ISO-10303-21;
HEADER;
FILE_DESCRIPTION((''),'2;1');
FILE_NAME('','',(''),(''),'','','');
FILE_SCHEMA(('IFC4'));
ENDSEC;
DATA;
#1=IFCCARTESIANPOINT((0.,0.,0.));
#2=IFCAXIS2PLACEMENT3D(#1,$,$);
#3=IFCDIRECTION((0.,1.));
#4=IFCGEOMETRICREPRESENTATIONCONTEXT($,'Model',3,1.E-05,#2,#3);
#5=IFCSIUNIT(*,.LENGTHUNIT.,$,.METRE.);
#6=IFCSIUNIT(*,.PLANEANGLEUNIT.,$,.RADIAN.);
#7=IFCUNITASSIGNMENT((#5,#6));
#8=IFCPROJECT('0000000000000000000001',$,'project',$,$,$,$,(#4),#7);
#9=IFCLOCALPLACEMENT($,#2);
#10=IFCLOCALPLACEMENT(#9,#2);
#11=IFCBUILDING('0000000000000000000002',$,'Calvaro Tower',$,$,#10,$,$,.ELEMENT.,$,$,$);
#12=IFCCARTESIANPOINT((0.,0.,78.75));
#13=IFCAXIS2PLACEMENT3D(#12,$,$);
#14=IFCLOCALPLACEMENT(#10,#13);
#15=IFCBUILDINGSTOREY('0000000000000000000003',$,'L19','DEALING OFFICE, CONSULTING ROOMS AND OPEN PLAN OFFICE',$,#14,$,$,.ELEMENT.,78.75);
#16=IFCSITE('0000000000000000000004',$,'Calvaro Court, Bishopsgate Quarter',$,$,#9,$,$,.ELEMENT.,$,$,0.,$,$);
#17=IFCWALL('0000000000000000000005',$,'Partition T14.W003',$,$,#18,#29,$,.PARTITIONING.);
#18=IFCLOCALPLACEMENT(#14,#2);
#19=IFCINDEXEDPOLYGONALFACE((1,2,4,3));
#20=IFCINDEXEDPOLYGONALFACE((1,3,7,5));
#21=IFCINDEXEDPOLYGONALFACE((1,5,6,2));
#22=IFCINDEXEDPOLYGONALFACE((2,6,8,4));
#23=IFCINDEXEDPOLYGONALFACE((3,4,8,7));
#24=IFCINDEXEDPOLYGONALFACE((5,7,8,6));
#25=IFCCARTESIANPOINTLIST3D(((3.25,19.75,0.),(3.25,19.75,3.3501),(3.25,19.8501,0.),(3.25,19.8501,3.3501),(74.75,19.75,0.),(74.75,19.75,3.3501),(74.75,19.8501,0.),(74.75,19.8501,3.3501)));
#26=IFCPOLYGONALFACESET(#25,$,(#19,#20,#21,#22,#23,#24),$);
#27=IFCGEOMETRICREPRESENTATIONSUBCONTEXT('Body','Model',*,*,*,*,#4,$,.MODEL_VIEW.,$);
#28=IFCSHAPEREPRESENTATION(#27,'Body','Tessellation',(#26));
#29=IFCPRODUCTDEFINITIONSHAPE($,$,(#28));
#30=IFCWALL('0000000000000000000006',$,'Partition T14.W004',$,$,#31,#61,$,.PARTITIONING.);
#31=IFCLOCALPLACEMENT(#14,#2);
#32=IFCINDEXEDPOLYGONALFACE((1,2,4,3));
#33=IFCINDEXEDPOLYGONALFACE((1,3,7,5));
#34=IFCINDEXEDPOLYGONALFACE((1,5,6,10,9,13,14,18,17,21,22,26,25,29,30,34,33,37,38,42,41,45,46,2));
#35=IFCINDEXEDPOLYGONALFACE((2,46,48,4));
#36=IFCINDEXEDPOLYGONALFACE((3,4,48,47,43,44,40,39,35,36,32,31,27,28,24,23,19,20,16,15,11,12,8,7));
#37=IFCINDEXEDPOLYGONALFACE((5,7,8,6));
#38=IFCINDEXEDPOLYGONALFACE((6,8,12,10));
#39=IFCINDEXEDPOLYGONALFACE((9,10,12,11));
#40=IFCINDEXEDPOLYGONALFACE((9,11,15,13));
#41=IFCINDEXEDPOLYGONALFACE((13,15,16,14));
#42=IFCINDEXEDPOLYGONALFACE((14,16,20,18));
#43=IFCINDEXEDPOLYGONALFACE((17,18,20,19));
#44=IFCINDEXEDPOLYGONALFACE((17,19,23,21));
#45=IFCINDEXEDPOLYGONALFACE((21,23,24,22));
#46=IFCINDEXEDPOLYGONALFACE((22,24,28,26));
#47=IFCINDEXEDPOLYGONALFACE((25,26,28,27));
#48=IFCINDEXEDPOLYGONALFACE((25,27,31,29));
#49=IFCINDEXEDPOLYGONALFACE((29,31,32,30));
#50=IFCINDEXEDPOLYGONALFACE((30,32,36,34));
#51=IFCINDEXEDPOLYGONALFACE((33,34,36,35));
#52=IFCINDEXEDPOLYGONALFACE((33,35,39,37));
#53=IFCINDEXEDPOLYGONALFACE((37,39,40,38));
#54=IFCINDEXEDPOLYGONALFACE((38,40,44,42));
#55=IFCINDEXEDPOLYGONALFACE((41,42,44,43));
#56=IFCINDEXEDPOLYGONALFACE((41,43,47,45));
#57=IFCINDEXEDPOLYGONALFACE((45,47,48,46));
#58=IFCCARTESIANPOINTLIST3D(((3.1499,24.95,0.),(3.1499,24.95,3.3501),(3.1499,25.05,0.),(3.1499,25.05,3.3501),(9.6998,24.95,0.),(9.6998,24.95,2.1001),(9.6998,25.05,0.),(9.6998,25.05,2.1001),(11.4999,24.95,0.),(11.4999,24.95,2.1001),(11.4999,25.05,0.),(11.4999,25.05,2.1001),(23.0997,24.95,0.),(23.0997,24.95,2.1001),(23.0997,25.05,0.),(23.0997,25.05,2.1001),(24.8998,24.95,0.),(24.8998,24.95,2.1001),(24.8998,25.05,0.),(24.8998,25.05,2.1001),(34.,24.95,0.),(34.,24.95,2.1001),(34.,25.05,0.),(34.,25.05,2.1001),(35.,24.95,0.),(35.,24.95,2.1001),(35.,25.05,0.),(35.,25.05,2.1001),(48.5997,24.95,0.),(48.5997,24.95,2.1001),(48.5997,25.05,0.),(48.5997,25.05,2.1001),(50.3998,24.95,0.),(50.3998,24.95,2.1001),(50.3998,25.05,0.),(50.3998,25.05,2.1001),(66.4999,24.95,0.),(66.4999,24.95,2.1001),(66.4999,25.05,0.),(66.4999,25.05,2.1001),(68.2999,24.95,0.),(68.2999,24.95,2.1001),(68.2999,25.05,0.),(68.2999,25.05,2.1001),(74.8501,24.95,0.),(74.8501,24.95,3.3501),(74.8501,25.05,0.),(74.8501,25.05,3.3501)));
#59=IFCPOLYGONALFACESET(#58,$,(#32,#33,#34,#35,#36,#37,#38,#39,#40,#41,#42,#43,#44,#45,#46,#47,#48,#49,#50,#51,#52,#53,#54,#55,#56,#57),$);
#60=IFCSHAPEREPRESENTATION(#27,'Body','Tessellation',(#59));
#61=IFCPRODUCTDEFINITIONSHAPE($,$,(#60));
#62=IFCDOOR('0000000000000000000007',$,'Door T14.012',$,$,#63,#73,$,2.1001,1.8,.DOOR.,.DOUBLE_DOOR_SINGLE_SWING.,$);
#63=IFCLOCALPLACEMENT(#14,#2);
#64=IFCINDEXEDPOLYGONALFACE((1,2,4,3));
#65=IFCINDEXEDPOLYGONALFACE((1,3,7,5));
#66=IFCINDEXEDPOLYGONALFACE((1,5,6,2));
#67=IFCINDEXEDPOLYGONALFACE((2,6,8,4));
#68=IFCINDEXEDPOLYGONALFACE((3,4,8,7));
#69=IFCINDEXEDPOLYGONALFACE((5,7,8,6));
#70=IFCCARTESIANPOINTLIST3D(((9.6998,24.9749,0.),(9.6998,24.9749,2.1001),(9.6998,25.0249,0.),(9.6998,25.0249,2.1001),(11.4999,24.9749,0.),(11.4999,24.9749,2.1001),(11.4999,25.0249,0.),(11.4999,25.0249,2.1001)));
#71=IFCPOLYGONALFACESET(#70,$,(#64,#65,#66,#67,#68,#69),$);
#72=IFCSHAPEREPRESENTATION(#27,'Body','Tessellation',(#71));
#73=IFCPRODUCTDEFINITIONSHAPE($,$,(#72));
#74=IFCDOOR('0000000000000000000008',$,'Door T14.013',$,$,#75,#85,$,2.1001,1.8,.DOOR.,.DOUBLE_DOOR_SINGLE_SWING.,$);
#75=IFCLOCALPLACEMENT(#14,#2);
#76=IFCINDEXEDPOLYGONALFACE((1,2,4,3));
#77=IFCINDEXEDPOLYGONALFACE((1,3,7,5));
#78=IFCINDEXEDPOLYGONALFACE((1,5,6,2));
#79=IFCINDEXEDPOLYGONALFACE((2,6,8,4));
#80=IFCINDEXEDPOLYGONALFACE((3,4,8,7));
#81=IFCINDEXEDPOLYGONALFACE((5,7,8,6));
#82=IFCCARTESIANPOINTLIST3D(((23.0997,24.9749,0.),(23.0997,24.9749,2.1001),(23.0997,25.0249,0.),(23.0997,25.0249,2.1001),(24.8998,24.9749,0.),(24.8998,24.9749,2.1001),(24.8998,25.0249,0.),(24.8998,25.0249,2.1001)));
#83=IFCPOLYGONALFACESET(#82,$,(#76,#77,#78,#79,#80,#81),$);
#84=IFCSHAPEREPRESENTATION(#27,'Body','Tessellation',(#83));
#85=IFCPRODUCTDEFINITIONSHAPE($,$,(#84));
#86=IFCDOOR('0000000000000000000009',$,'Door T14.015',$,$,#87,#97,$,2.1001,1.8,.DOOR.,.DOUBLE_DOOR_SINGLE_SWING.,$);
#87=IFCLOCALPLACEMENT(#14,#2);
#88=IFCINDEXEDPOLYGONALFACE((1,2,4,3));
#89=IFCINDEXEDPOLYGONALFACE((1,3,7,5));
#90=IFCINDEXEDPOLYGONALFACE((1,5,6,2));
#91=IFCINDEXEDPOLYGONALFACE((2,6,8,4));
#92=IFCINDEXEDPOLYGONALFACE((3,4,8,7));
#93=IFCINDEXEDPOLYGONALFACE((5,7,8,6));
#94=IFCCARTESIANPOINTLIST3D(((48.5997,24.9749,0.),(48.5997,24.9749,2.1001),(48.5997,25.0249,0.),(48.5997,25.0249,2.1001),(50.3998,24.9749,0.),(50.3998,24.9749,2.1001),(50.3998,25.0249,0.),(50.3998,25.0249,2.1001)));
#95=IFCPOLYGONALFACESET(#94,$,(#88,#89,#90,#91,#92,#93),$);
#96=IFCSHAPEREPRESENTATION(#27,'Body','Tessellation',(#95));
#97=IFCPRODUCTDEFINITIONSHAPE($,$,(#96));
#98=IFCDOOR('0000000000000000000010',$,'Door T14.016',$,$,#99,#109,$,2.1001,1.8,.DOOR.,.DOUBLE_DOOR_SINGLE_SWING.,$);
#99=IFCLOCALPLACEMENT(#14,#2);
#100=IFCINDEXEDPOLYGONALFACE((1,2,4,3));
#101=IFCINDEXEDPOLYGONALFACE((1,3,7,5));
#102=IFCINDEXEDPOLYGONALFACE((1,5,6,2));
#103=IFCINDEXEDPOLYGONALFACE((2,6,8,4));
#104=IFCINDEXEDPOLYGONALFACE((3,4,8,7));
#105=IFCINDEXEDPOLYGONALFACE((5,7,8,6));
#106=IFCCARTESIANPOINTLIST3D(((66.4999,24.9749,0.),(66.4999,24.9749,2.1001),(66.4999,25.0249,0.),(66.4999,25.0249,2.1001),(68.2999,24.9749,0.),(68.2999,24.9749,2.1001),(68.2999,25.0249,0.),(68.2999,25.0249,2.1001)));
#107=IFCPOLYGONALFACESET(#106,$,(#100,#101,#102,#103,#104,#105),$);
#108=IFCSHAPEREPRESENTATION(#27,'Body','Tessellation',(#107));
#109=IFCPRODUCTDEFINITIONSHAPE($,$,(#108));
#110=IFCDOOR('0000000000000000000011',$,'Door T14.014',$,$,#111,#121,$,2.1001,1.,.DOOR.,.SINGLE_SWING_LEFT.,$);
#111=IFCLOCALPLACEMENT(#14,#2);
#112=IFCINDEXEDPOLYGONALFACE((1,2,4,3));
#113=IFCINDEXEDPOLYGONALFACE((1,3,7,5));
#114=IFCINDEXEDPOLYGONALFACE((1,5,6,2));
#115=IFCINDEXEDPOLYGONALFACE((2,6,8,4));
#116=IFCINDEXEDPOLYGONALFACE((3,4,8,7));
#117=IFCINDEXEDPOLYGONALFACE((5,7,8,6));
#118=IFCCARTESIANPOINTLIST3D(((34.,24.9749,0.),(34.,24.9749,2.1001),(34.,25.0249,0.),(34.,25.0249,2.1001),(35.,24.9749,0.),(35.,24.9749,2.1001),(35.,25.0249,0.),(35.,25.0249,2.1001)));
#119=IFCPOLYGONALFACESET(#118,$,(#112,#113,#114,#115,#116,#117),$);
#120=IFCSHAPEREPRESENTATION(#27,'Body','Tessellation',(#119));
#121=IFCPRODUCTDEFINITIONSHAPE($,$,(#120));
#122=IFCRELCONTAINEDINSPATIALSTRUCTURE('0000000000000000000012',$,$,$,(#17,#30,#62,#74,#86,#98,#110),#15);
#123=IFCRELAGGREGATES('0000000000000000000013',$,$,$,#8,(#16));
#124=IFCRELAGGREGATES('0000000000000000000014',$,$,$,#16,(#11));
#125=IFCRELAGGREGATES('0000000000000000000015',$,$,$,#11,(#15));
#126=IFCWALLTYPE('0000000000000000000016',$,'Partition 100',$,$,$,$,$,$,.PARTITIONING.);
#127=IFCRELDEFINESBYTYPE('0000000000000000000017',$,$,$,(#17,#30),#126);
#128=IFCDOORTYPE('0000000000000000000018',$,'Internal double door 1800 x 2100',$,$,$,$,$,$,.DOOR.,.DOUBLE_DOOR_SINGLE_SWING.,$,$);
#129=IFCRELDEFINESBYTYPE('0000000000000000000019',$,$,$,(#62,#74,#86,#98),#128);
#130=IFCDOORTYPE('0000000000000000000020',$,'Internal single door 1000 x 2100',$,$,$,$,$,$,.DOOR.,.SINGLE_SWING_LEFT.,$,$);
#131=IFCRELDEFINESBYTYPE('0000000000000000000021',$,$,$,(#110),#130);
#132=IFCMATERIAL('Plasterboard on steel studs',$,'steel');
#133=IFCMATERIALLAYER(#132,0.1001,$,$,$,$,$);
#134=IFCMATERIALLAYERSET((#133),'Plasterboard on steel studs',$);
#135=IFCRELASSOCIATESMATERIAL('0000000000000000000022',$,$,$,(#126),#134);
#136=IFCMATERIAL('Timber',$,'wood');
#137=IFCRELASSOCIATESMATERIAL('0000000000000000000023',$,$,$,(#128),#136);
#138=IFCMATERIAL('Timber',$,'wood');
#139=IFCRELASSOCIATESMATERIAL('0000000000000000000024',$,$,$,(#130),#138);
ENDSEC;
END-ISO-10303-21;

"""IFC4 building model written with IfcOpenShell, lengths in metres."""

from ifc_helpers import new_model, si_unit, direction, frame, frame_2d, origin, place, context, subcontext, project, spatial, rectangle, extrude, material, layer, layer_set, type_object, element, fill, save


model = new_model("IFC4")

# Units and contexts
model_context = context("Model", 3, precision=1e-05, world=origin(), true_north=direction((0.0, 1.0)))
body_context = subcontext(model_context, "Body", "Model", "MODEL_VIEW")
ifc_project = project(units=[si_unit("LENGTHUNIT", "METRE"), si_unit("PLANEANGLEUNIT", "RADIAN")], contexts=[model_context])

# Site, building, storey
site_placement = place(None, origin())
site = spatial("IfcSite", under=ifc_project, at=site_placement, Name="Calvaro Court, Bishopsgate Quarter", CompositionType="ELEMENT", RefElevation=0.0)
building_placement = place(site_placement, origin())
building = spatial("IfcBuilding", under=site, at=building_placement, Name="Calvaro Tower", CompositionType="ELEMENT")
storey_placement = place(building_placement, frame((0.0, 0.0, 78.75)))
storey = spatial("IfcBuildingStorey", under=building, at=storey_placement, Name="L19", Description="DEALING OFFICE, CONSULTING ROOMS AND OPEN PLAN OFFICE", CompositionType="ELEMENT", Elevation=78.75)

# Wall
ifc_material_1 = material(Name="Plasterboard on steel studs", Category="steel")
ifc_layer = layer(ifc_material_1, 0.1001)
ifc_layer_set = layer_set([ifc_layer], Name="Plasterboard on steel studs")
wall_type = type_object("IfcWallType", Name="Partition 100", PredefinedType="PARTITIONING", material=ifc_layer_set)
wall_1_placement = place(storey_placement, frame((3.25, 19.8, 0.0), z_axis=(0.0, 0.0, 1.0), x_axis=(1.0, 0.0, 0.0)))
element("IfcWall", 1, at=wall_1_placement, inside=storey, type_object=wall_type, Name="Partition T14.W003", PredefinedType="PARTITIONING", context=body_context, shape_type="SweptSolid", body=[
    extrude(rectangle(XDim=71.5, YDim=0.1001, at=frame_2d((35.75, 0.0))), origin(), (0.0, 0.0, 1.0), 3.3501),
])

# Wall, openings, doors
wall_2_placement = place(storey_placement, frame((3.1499, 25.0, 0.0), z_axis=(0.0, 0.0, 1.0), x_axis=(1.0, 0.0, 0.0)))
wall_2 = element("IfcWall", 2, at=wall_2_placement, inside=storey, type_object=wall_type, Name="Partition T14.W004", PredefinedType="PARTITIONING", context=body_context, shape_type="SweptSolid", body=[
    extrude(rectangle(XDim=71.7002, YDim=0.1001, at=frame_2d((35.8501, 0.0))), origin(), (0.0, 0.0, 1.0), 3.3501),
])
opening_1_placement = place(wall_2_placement, frame((6.55, 0.0, 0.0)))
opening_1 = element("IfcOpeningElement", 3, at=opening_1_placement, cuts=wall_2, PredefinedType="OPENING", context=body_context, shape_type="SweptSolid", body=[
    extrude(rectangle(XDim=1.8, YDim=2.1001, at=frame_2d((0.8999, 1.05))), frame((0.0, 0.0601, 0.0), z_axis=(0.0, -1.0, 0.0), x_axis=(1.0, 0.0, 0.0)), (0.0, 0.0, 1.0), 0.1201),
])
opening_2_placement = place(wall_2_placement, frame((19.95, 0.0, 0.0)))
opening_2 = element("IfcOpeningElement", 4, at=opening_2_placement, cuts=wall_2, PredefinedType="OPENING", context=body_context, shape_type="SweptSolid", body=[
    extrude(rectangle(XDim=1.8, YDim=2.1001, at=frame_2d((0.8999, 1.05))), frame((0.0, 0.0601, 0.0), z_axis=(0.0, -1.0, 0.0), x_axis=(1.0, 0.0, 0.0)), (0.0, 0.0, 1.0), 0.1201),
])
opening_3_placement = place(wall_2_placement, frame((30.8501, 0.0, 0.0)))
opening_3 = element("IfcOpeningElement", 5, at=opening_3_placement, cuts=wall_2, PredefinedType="OPENING", context=body_context, shape_type="SweptSolid", body=[
    extrude(rectangle(XDim=1.0, YDim=2.1001, at=frame_2d((0.5, 1.05))), frame((0.0, 0.0601, 0.0), z_axis=(0.0, -1.0, 0.0), x_axis=(1.0, 0.0, 0.0)), (0.0, 0.0, 1.0), 0.1201),
])
opening_4_placement = place(wall_2_placement, frame((45.45, 0.0, 0.0)))
opening_4 = element("IfcOpeningElement", 6, at=opening_4_placement, cuts=wall_2, PredefinedType="OPENING", context=body_context, shape_type="SweptSolid", body=[
    extrude(rectangle(XDim=1.8, YDim=2.1001, at=frame_2d((0.8999, 1.05))), frame((0.0, 0.0601, 0.0), z_axis=(0.0, -1.0, 0.0), x_axis=(1.0, 0.0, 0.0)), (0.0, 0.0, 1.0), 0.1201),
])
opening_5_placement = place(wall_2_placement, frame((63.3501, 0.0, 0.0)))
opening_5 = element("IfcOpeningElement", 7, at=opening_5_placement, cuts=wall_2, PredefinedType="OPENING", context=body_context, shape_type="SweptSolid", body=[
    extrude(rectangle(XDim=1.8, YDim=2.1001, at=frame_2d((0.8999, 1.05))), frame((0.0, 0.0601, 0.0), z_axis=(0.0, -1.0, 0.0), x_axis=(1.0, 0.0, 0.0)), (0.0, 0.0, 1.0), 0.1201),
])
ifc_material_2 = material(Name="Timber", Category="wood")
door_type_1 = type_object("IfcDoorType", Name="Internal double door 1800 x 2100", OperationType="DOUBLE_DOOR_SINGLE_SWING", PredefinedType="DOOR", material=ifc_material_2)
door_1_placement = place(opening_1_placement, origin())
door_1 = element("IfcDoor", 8, at=door_1_placement, inside=storey, type_object=door_type_1, Name="Door T14.012", OperationType="DOUBLE_DOOR_SINGLE_SWING", OverallHeight=2.1001, OverallWidth=1.8, PredefinedType="DOOR", context=body_context, shape_type="SweptSolid", body=[
    extrude(rectangle(XDim=1.8, YDim=2.1001, at=frame_2d((0.8999, 1.05))), frame((0.0, 0.0249, 0.0), z_axis=(0.0, -1.0, 0.0), x_axis=(1.0, 0.0, 0.0)), (0.0, 0.0, 1.0), 0.05),
])
fill(opening_1, door_1)
door_2_placement = place(opening_2_placement, origin())
door_2 = element("IfcDoor", 9, at=door_2_placement, inside=storey, type_object=door_type_1, Name="Door T14.013", OperationType="DOUBLE_DOOR_SINGLE_SWING", OverallHeight=2.1001, OverallWidth=1.8, PredefinedType="DOOR", context=body_context, shape_type="SweptSolid", body=[
    extrude(rectangle(XDim=1.8, YDim=2.1001, at=frame_2d((0.8999, 1.05))), frame((0.0, 0.0249, 0.0), z_axis=(0.0, -1.0, 0.0), x_axis=(1.0, 0.0, 0.0)), (0.0, 0.0, 1.0), 0.05),
])
fill(opening_2, door_2)
door_3_placement = place(opening_4_placement, origin())
door_3 = element("IfcDoor", 10, at=door_3_placement, inside=storey, type_object=door_type_1, Name="Door T14.015", OperationType="DOUBLE_DOOR_SINGLE_SWING", OverallHeight=2.1001, OverallWidth=1.8, PredefinedType="DOOR", context=body_context, shape_type="SweptSolid", body=[
    extrude(rectangle(XDim=1.8, YDim=2.1001, at=frame_2d((0.8999, 1.05))), frame((0.0, 0.0249, 0.0), z_axis=(0.0, -1.0, 0.0), x_axis=(1.0, 0.0, 0.0)), (0.0, 0.0, 1.0), 0.05),
])
fill(opening_4, door_3)
door_4_placement = place(opening_5_placement, origin())
door_4 = element("IfcDoor", 11, at=door_4_placement, inside=storey, type_object=door_type_1, Name="Door T14.016", OperationType="DOUBLE_DOOR_SINGLE_SWING", OverallHeight=2.1001, OverallWidth=1.8, PredefinedType="DOOR", context=body_context, shape_type="SweptSolid", body=[
    extrude(rectangle(XDim=1.8, YDim=2.1001, at=frame_2d((0.8999, 1.05))), frame((0.0, 0.0249, 0.0), z_axis=(0.0, -1.0, 0.0), x_axis=(1.0, 0.0, 0.0)), (0.0, 0.0, 1.0), 0.05),
])
fill(opening_5, door_4)
ifc_material_3 = material(Name="Timber", Category="wood")
door_type_2 = type_object("IfcDoorType", Name="Internal single door 1000 x 2100", OperationType="SINGLE_SWING_LEFT", PredefinedType="DOOR", material=ifc_material_3)
door_5_placement = place(opening_3_placement, origin())
door_5 = element("IfcDoor", 12, at=door_5_placement, inside=storey, type_object=door_type_2, Name="Door T14.014", OperationType="SINGLE_SWING_LEFT", OverallHeight=2.1001, OverallWidth=1.0, PredefinedType="DOOR", context=body_context, shape_type="SweptSolid", body=[
    extrude(rectangle(XDim=1.0, YDim=2.1001, at=frame_2d((0.5, 1.05))), frame((0.0, 0.0249, 0.0), z_axis=(0.0, -1.0, 0.0), x_axis=(1.0, 0.0, 0.0)), (0.0, 0.0, 1.0), 0.05),
])
fill(opening_3, door_5)

save(model, "model.ifc")
